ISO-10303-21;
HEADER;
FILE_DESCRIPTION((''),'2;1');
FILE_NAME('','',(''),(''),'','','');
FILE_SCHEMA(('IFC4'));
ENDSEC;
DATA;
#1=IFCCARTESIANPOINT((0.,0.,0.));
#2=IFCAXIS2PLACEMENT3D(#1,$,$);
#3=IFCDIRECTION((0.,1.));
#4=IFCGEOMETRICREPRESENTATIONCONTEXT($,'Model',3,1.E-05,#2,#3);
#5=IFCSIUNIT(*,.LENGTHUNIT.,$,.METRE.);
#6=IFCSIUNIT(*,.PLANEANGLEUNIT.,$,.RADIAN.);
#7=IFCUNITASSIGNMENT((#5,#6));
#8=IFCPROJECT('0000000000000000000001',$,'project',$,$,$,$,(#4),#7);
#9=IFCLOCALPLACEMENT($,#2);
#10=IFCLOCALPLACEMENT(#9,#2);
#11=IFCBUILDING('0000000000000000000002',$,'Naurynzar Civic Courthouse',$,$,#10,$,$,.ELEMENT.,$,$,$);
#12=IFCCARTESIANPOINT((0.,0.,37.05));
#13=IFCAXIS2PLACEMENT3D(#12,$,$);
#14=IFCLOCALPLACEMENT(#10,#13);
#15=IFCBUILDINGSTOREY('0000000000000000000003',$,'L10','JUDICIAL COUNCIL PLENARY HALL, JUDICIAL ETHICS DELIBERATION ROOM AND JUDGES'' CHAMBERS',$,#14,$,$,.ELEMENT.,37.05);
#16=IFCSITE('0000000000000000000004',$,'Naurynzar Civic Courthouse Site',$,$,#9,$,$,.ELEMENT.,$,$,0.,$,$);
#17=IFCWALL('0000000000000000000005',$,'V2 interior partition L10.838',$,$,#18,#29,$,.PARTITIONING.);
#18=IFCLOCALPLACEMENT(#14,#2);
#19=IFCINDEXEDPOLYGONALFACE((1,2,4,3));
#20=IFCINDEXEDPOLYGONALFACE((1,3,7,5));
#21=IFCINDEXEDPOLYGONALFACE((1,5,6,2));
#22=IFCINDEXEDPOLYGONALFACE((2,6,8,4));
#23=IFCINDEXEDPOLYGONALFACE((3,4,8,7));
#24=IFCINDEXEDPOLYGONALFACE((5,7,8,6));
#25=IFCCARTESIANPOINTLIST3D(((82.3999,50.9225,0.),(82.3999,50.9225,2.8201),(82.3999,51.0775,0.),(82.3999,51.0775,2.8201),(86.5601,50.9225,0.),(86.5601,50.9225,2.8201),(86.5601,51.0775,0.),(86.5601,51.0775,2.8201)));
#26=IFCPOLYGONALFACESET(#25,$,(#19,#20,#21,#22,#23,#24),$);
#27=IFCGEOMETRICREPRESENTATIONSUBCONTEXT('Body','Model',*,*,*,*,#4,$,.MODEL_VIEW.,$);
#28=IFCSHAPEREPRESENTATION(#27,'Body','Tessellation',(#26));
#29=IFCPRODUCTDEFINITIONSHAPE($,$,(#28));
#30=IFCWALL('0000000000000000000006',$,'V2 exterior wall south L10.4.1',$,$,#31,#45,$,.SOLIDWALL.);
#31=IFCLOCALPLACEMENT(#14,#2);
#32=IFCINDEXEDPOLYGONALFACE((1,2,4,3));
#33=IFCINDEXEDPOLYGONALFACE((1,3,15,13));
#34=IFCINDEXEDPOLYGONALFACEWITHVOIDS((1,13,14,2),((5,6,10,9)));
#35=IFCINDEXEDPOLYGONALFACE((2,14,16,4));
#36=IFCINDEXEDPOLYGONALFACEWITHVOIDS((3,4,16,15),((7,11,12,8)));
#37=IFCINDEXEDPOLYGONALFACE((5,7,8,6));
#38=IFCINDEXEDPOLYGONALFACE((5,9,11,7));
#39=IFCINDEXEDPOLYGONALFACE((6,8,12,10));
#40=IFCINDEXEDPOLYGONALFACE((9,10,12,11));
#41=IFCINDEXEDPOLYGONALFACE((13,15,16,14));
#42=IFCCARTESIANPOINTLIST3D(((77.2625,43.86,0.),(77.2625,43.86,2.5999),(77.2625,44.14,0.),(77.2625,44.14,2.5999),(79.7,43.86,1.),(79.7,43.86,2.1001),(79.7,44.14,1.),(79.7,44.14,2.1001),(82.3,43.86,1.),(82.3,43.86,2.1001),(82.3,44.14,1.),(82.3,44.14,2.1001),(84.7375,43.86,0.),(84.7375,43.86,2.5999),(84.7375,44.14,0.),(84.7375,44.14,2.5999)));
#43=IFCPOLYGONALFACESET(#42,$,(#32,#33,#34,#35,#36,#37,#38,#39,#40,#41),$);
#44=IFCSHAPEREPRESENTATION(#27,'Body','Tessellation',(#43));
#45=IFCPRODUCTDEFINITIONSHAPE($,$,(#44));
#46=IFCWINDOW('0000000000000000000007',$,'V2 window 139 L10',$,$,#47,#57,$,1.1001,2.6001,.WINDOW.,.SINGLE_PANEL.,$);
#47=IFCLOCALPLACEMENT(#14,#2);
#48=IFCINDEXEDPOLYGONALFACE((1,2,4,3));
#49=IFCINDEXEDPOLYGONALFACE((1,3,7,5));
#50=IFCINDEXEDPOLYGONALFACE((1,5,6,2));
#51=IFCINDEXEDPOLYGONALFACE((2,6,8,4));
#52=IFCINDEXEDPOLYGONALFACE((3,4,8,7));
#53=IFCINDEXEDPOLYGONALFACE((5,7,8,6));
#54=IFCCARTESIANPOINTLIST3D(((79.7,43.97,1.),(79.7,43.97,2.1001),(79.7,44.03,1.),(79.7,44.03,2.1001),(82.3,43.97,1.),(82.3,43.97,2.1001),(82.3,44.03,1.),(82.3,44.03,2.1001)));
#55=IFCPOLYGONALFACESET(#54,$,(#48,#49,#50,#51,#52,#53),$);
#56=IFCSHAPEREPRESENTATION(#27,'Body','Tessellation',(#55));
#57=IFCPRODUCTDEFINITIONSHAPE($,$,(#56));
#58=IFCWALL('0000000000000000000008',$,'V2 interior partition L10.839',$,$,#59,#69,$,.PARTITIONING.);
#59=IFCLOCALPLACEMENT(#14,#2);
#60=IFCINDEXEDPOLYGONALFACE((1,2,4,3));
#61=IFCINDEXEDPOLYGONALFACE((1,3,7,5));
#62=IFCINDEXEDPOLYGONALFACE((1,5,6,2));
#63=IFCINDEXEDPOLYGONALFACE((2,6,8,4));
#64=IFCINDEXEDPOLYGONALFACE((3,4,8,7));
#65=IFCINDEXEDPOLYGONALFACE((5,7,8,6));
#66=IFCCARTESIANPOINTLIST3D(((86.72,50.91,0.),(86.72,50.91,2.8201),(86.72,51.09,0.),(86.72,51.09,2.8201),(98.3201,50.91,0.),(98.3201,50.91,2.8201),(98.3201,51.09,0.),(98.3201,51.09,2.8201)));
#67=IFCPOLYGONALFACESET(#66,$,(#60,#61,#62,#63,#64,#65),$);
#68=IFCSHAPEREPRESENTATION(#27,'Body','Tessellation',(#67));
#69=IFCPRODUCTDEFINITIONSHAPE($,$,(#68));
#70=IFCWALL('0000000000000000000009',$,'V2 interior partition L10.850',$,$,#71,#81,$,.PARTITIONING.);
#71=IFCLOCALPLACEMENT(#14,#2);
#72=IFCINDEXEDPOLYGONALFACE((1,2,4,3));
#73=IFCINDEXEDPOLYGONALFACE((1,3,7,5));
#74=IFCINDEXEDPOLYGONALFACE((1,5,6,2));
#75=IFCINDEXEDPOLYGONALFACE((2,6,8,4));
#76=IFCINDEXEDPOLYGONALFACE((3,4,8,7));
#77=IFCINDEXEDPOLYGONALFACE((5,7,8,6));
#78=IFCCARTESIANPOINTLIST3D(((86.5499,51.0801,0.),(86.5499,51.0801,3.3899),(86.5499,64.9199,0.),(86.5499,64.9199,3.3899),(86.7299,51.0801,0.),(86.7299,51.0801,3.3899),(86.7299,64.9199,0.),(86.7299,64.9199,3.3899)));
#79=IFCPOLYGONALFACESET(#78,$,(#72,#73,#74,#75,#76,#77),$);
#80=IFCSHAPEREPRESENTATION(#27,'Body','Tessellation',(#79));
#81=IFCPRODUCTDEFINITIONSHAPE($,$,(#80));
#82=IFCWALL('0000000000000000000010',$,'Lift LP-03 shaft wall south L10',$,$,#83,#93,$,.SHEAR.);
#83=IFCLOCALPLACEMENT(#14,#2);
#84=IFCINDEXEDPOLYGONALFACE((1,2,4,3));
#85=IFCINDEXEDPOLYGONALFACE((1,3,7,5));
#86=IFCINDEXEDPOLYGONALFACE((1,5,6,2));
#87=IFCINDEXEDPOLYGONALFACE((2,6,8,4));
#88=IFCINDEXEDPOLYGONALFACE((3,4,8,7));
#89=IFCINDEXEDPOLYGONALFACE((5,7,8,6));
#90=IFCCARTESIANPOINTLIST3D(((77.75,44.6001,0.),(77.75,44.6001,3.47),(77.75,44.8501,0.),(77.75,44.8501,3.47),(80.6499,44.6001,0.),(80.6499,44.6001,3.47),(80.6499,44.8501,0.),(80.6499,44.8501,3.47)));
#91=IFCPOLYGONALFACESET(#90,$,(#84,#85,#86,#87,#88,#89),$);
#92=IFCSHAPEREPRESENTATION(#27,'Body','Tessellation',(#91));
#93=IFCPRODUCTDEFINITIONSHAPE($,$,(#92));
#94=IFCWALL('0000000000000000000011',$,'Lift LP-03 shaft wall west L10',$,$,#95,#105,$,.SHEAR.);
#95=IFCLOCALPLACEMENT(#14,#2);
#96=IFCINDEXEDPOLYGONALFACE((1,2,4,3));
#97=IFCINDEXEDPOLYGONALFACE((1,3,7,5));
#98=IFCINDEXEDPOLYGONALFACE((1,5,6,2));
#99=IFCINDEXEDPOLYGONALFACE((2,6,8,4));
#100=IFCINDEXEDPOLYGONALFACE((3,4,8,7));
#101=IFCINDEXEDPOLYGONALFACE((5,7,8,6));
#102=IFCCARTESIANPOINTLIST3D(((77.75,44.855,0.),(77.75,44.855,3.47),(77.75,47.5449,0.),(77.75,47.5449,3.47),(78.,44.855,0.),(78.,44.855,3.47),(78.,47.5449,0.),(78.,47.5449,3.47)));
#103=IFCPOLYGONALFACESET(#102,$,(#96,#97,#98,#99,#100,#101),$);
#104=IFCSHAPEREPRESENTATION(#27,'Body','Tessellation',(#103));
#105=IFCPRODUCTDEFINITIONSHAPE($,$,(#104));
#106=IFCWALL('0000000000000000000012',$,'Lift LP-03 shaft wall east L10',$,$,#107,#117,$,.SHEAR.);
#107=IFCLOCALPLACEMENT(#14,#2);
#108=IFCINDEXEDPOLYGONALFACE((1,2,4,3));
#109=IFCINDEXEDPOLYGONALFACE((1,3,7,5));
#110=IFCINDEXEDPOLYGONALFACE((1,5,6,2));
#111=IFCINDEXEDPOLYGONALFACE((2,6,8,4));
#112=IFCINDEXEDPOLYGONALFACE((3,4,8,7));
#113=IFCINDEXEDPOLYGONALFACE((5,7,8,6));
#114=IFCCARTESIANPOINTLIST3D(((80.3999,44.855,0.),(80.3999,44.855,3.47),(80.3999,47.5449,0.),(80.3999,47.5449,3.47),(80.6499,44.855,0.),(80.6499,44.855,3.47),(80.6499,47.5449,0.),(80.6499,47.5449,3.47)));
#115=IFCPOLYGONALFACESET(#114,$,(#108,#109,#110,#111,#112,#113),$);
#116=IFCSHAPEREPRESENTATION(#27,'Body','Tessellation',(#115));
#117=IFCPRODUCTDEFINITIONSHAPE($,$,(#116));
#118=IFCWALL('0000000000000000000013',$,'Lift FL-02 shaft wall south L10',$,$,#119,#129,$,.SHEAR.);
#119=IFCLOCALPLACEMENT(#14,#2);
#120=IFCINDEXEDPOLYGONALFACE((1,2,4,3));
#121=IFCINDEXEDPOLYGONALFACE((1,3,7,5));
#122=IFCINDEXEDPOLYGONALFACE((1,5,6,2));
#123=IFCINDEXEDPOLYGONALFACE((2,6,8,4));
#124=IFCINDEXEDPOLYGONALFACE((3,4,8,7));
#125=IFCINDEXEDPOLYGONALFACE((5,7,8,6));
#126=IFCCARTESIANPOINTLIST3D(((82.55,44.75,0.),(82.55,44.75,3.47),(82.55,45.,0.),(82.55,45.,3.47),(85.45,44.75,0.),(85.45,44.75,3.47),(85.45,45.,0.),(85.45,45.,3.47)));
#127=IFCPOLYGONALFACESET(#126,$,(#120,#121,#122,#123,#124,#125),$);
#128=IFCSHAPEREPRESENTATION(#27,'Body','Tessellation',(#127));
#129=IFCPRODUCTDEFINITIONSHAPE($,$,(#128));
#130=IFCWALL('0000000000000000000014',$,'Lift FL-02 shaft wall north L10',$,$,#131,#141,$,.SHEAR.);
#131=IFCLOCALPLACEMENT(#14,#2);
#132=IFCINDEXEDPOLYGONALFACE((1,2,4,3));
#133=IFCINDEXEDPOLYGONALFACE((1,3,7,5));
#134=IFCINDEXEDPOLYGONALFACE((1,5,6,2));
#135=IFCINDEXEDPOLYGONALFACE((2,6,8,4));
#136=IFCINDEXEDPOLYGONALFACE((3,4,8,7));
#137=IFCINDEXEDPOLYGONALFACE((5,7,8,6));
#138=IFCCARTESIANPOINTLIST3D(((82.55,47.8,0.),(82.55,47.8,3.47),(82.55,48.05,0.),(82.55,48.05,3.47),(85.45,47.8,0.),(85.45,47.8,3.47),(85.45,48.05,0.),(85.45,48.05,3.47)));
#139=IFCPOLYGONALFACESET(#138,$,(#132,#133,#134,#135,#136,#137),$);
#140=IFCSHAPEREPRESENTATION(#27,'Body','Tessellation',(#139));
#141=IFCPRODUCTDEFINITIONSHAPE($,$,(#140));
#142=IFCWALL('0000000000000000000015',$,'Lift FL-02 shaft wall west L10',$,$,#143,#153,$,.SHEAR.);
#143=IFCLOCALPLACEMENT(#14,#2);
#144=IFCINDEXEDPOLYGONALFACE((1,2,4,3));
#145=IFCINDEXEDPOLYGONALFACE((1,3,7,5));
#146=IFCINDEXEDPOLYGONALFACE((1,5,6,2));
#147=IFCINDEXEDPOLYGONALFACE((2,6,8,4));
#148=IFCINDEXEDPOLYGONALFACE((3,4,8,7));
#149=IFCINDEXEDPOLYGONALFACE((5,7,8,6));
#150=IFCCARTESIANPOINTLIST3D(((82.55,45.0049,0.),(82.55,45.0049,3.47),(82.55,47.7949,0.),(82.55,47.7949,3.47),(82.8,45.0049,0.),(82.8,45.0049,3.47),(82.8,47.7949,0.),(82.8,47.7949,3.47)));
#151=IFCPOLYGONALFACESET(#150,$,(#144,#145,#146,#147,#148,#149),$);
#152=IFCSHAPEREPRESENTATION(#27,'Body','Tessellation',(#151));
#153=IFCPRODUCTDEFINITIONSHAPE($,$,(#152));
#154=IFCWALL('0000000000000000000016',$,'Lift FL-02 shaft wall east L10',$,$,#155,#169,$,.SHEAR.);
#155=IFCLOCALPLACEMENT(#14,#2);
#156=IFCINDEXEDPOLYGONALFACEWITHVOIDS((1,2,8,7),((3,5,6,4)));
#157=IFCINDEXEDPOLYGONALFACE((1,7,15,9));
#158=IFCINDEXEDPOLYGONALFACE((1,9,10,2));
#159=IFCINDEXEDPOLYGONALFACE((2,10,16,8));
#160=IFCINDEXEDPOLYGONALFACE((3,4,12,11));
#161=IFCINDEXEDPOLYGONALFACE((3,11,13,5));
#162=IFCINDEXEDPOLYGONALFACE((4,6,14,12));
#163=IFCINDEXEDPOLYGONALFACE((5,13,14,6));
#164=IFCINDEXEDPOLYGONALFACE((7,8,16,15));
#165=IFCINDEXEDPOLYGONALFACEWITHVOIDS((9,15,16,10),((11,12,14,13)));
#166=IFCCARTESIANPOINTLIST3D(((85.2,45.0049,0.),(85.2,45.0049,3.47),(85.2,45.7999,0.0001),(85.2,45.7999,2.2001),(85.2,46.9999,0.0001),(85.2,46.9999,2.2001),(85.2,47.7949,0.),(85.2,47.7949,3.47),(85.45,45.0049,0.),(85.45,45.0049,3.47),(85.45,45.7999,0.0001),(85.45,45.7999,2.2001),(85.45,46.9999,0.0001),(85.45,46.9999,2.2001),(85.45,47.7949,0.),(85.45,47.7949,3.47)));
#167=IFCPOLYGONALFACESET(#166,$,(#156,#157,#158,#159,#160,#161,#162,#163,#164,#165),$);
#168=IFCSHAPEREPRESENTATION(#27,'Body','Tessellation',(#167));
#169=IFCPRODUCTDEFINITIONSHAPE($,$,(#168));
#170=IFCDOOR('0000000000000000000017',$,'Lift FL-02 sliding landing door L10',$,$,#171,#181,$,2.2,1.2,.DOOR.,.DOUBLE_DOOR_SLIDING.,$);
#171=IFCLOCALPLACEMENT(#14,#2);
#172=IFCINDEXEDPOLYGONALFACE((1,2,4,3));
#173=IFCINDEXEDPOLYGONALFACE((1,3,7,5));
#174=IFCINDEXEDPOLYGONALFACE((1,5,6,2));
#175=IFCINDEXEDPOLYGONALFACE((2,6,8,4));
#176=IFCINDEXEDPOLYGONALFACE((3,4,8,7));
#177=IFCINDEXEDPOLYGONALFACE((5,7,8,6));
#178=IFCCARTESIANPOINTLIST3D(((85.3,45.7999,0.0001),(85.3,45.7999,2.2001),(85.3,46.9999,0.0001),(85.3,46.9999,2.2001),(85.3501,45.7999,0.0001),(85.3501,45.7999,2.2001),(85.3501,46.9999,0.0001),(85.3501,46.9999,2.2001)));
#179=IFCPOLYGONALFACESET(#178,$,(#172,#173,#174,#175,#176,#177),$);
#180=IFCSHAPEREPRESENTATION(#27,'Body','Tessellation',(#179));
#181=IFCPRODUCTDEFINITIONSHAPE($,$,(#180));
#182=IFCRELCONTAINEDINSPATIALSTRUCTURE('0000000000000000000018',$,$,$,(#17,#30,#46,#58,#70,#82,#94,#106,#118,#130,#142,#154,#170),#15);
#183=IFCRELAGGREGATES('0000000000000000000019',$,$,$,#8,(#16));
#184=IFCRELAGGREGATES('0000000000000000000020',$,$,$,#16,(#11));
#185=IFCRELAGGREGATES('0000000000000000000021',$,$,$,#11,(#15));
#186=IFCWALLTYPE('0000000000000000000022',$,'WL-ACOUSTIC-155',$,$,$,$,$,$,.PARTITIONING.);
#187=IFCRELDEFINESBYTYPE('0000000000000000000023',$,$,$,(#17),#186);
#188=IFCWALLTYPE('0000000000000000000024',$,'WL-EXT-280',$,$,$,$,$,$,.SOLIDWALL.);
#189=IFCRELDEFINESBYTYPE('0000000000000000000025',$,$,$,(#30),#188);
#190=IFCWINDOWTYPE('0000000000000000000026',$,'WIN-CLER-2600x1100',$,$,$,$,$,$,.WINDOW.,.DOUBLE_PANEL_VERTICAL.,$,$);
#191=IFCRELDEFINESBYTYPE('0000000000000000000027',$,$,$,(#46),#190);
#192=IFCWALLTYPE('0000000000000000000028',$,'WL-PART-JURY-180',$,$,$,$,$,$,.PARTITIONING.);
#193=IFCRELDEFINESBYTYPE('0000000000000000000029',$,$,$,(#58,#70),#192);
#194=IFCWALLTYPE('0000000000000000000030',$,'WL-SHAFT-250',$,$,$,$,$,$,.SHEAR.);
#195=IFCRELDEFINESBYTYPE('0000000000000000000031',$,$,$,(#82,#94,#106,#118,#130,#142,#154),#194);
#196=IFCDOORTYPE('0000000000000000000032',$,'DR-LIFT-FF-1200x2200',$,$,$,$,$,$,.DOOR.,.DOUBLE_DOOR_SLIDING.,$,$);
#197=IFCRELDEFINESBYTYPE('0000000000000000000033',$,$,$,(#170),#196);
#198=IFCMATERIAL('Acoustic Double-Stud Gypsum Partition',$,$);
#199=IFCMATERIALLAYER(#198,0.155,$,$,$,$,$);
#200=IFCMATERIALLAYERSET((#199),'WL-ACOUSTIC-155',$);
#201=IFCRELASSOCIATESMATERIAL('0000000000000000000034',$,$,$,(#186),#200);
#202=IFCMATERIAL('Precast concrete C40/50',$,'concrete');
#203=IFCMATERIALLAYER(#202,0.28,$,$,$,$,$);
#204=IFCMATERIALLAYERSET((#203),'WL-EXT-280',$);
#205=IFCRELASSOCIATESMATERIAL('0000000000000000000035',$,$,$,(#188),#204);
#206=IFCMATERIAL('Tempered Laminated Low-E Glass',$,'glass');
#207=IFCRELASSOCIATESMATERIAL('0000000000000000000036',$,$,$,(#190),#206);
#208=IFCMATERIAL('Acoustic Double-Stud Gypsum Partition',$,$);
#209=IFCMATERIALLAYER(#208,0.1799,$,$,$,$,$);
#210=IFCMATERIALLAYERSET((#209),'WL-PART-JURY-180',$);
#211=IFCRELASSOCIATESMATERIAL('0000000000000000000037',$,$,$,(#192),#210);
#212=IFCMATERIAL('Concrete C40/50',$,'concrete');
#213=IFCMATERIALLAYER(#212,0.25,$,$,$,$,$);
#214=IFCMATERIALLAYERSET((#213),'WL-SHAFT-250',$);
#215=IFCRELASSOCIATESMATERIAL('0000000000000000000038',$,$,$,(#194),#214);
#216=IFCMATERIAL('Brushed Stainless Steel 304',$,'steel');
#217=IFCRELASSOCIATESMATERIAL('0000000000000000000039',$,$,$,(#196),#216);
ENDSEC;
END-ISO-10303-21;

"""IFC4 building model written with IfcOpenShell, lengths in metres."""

from ifc_helpers import new_model, si_unit, direction, frame, frame_2d, origin, place, context, subcontext, project, spatial, rectangle, extrude, material, layer, layer_set, type_object, element, fill, save


model = new_model("IFC4")

# Units and contexts
model_context = context("Model", 3, precision=1e-05, world=origin(), true_north=direction((0.0, 1.0)))
body_context = subcontext(model_context, "Body", "Model", "MODEL_VIEW")
ifc_project = project(units=[si_unit("LENGTHUNIT", "METRE"), si_unit("PLANEANGLEUNIT", "RADIAN")], contexts=[model_context])

# Site, building, storey
site_placement = place(None, origin())
site = spatial("IfcSite", under=ifc_project, at=site_placement, Name="Naurynzar Civic Courthouse Site", CompositionType="ELEMENT", RefElevation=0.0)
building_placement = place(site_placement, origin())
building = spatial("IfcBuilding", under=site, at=building_placement, Name="Naurynzar Civic Courthouse", CompositionType="ELEMENT")
storey_placement = place(building_placement, frame((0.0, 0.0, 37.05)))
storey = spatial("IfcBuildingStorey", under=building, at=storey_placement, Name="L10", Description="JUDICIAL COUNCIL PLENARY HALL, JUDICIAL ETHICS DELIBERATION ROOM AND JUDGES' CHAMBERS", CompositionType="ELEMENT", Elevation=37.05)

# Wall
ifc_material_1 = material(Name="Acoustic Double-Stud Gypsum Partition")
ifc_layer_1 = layer(ifc_material_1, 0.155)
ifc_layer_set_1 = layer_set([ifc_layer_1], Name="WL-ACOUSTIC-155")
wall_type_1 = type_object("IfcWallType", Name="WL-ACOUSTIC-155", PredefinedType="PARTITIONING", material=ifc_layer_set_1)
wall_1_placement = place(storey_placement, frame((82.3999, 51.0, 0.0), z_axis=(0.0, 0.0, 1.0), x_axis=(1.0, 0.0, 0.0)))
element("IfcWall", 1, at=wall_1_placement, inside=storey, type_object=wall_type_1, Name="V2 interior partition L10.838", PredefinedType="PARTITIONING", context=body_context, shape_type="SweptSolid", body=[
    extrude(rectangle(XDim=4.1602, YDim=0.155, at=frame_2d((2.0801, 0.0))), origin(), (0.0, 0.0, 1.0), 2.8201),
])

# Wall, opening, window
ifc_material_2 = material(Name="Precast concrete C40/50", Category="concrete")
ifc_layer_2 = layer(ifc_material_2, 0.28)
ifc_layer_set_2 = layer_set([ifc_layer_2], Name="WL-EXT-280")
wall_type_2 = type_object("IfcWallType", Name="WL-EXT-280", PredefinedType="SOLIDWALL", material=ifc_layer_set_2)
wall_2_placement = place(storey_placement, frame((84.7375, 44.0, 0.0), z_axis=(0.0, 0.0, 1.0), x_axis=(-1.0, 0.0, 0.0)))
wall_2 = element("IfcWall", 2, at=wall_2_placement, inside=storey, type_object=wall_type_2, Name="V2 exterior wall south L10.4.1", PredefinedType="SOLIDWALL", context=body_context, shape_type="SweptSolid", body=[
    extrude(rectangle(XDim=7.4751, YDim=0.28, at=frame_2d((3.7375, 0.0))), origin(), (0.0, 0.0, 1.0), 2.5999),
])
opening_1_placement = place(wall_2_placement, frame((2.4375, 0.0, 1.0)))
opening_1 = element("IfcOpeningElement", 3, at=opening_1_placement, cuts=wall_2, PredefinedType="OPENING", context=body_context, shape_type="SweptSolid", body=[
    extrude(rectangle(XDim=2.6001, YDim=1.1001, at=frame_2d((1.3, 0.55))), frame((0.0, 0.1499, 0.0), z_axis=(0.0, -1.0, 0.0), x_axis=(1.0, 0.0, 0.0)), (0.0, 0.0, 1.0), 0.3),
])
ifc_material_3 = material(Name="Tempered Laminated Low-E Glass", Category="glass")
window_type = type_object("IfcWindowType", Name="WIN-CLER-2600x1100", PartitioningType="DOUBLE_PANEL_VERTICAL", PredefinedType="WINDOW", material=ifc_material_3)
window_placement = place(opening_1_placement, origin())
window = element("IfcWindow", 4, at=window_placement, inside=storey, type_object=window_type, Name="V2 window 139 L10", OverallHeight=1.1001, OverallWidth=2.6001, PartitioningType="SINGLE_PANEL", PredefinedType="WINDOW", context=body_context, shape_type="SweptSolid", body=[
    extrude(rectangle(XDim=2.6001, YDim=1.1001, at=frame_2d((1.3, 0.55))), frame((0.0, 0.03, 0.0), z_axis=(0.0, -1.0, 0.0), x_axis=(1.0, 0.0, 0.0)), (0.0, 0.0, 1.0), 0.0601),
])
fill(opening_1, window)

# Walls
ifc_material_4 = material(Name="Acoustic Double-Stud Gypsum Partition")
ifc_layer_3 = layer(ifc_material_4, 0.1799)
ifc_layer_set_3 = layer_set([ifc_layer_3], Name="WL-PART-JURY-180")
wall_type_3 = type_object("IfcWallType", Name="WL-PART-JURY-180", PredefinedType="PARTITIONING", material=ifc_layer_set_3)
wall_3_placement = place(storey_placement, frame((86.72, 51.0, 0.0), z_axis=(0.0, 0.0, 1.0), x_axis=(1.0, 0.0, 0.0)))
element("IfcWall", 5, at=wall_3_placement, inside=storey, type_object=wall_type_3, Name="V2 interior partition L10.839", PredefinedType="PARTITIONING", context=body_context, shape_type="SweptSolid", body=[
    extrude(rectangle(XDim=11.6001, YDim=0.1799, at=frame_2d((5.8, 0.0))), origin(), (0.0, 0.0, 1.0), 2.8201),
])
wall_4_placement = place(storey_placement, frame((86.6399, 51.0801, 0.0), z_axis=(0.0, 0.0, 1.0), x_axis=(0.0, 1.0, 0.0)))
element("IfcWall", 6, at=wall_4_placement, inside=storey, type_object=wall_type_3, Name="V2 interior partition L10.850", PredefinedType="PARTITIONING", context=body_context, shape_type="SweptSolid", body=[
    extrude(rectangle(XDim=13.8398, YDim=0.1799, at=frame_2d((6.9199, 0.0))), origin(), (0.0, 0.0, 1.0), 3.3899),
])
ifc_material_5 = material(Name="Concrete C40/50", Category="concrete")
ifc_layer_4 = layer(ifc_material_5, 0.25)
ifc_layer_set_4 = layer_set([ifc_layer_4], Name="WL-SHAFT-250")
wall_type_4 = type_object("IfcWallType", Name="WL-SHAFT-250", PredefinedType="SHEAR", material=ifc_layer_set_4)
wall_5_placement = place(storey_placement, frame((77.75, 44.7251, 0.0), z_axis=(0.0, 0.0, 1.0), x_axis=(1.0, 0.0, 0.0)))
element("IfcWall", 7, at=wall_5_placement, inside=storey, type_object=wall_type_4, Name="Lift LP-03 shaft wall south L10", PredefinedType="SHEAR", context=body_context, shape_type="SweptSolid", body=[
    extrude(rectangle(XDim=2.8999, YDim=0.25, at=frame_2d((1.45, 0.0))), origin(), (0.0, 0.0, 1.0), 3.47),
])

# Walls
for number, where, z_axis, x_axis, name in (
    (8, (77.875, 47.5449, 0.0), (0.0, 0.0, 1.0), (0.0, -1.0, 0.0), "Lift LP-03 shaft wall west L10"),
    (9, (80.5249, 44.855, 0.0), (0.0, 0.0, 1.0), (0.0, 1.0, 0.0), "Lift LP-03 shaft wall east L10"),
):
    element("IfcWall", number, at=place(storey_placement, frame(where, z_axis=z_axis, x_axis=x_axis)), inside=storey, type_object=wall_type_4, Name=name, PredefinedType="SHEAR", context=body_context, shape_type="SweptSolid", body=[
        extrude(rectangle(XDim=2.6899, YDim=0.25, at=frame_2d((1.345, 0.0))), origin(), (0.0, 0.0, 1.0), 3.47),
    ])
for number, where, z_axis, x_axis, name in (
    (10, (82.55, 44.875, 0.0), (0.0, 0.0, 1.0), (1.0, 0.0, 0.0), "Lift FL-02 shaft wall south L10"),
    (11, (85.45, 47.925, 0.0), (0.0, 0.0, 1.0), (-1.0, 0.0, 0.0), "Lift FL-02 shaft wall north L10"),
):
    element("IfcWall", number, at=place(storey_placement, frame(where, z_axis=z_axis, x_axis=x_axis)), inside=storey, type_object=wall_type_4, Name=name, PredefinedType="SHEAR", context=body_context, shape_type="SweptSolid", body=[
        extrude(rectangle(XDim=2.8999, YDim=0.25, at=frame_2d((1.45, 0.0))), origin(), (0.0, 0.0, 1.0), 3.47),
    ])
wall_6_placement = place(storey_placement, frame((82.675, 47.7949, 0.0), z_axis=(0.0, 0.0, 1.0), x_axis=(0.0, -1.0, 0.0)))
element("IfcWall", 12, at=wall_6_placement, inside=storey, type_object=wall_type_4, Name="Lift FL-02 shaft wall west L10", PredefinedType="SHEAR", context=body_context, shape_type="SweptSolid", body=[
    extrude(rectangle(XDim=2.79, YDim=0.25, at=frame_2d((1.395, 0.0))), origin(), (0.0, 0.0, 1.0), 3.47),
])

# Wall, opening, door
wall_7_placement = place(storey_placement, frame((85.325, 45.0049, 0.0), z_axis=(0.0, 0.0, 1.0), x_axis=(0.0, 1.0, 0.0)))
wall_7 = element("IfcWall", 13, at=wall_7_placement, inside=storey, type_object=wall_type_4, Name="Lift FL-02 shaft wall east L10", PredefinedType="SHEAR", context=body_context, shape_type="SweptSolid", body=[
    extrude(rectangle(XDim=2.79, YDim=0.25, at=frame_2d((1.395, 0.0))), origin(), (0.0, 0.0, 1.0), 3.47),
])
opening_2_placement = place(wall_7_placement, frame((0.7949, 0.0, 0.0)))
opening_2 = element("IfcOpeningElement", 14, at=opening_2_placement, cuts=wall_7, PredefinedType="OPENING", context=body_context, shape_type="SweptSolid", body=[
    extrude(rectangle(XDim=1.2, YDim=2.2, at=frame_2d((0.6001, 1.1001))), frame((0.0, 0.135, 0.0), z_axis=(0.0, -1.0, 0.0), x_axis=(1.0, 0.0, 0.0)), (0.0, 0.0, 1.0), 0.27),
])
ifc_material_6 = material(Name="Brushed Stainless Steel 304", Category="steel")
door_type_1 = type_object("IfcDoorType", Name="DR-LIFT-FF-1200x2200", OperationType="DOUBLE_DOOR_SLIDING", PredefinedType="DOOR", material=ifc_material_6)
door_1_placement = place(opening_2_placement, origin())
door_1 = element("IfcDoor", 15, at=door_1_placement, inside=storey, type_object=door_type_1, Name="Lift FL-02 sliding landing door L10", OperationType="DOUBLE_DOOR_SLIDING", OverallHeight=2.2, OverallWidth=1.2, PredefinedType="DOOR", context=body_context, shape_type="SweptSolid", body=[
    extrude(rectangle(XDim=1.2, YDim=2.2, at=frame_2d((0.6001, 1.1001))), frame((0.0, 0.0249, 0.0), z_axis=(0.0, -1.0, 0.0), x_axis=(1.0, 0.0, 0.0)), (0.0, 0.0, 1.0), 0.05),
])
fill(opening_2, door_1)

save(model, "model.ifc")
